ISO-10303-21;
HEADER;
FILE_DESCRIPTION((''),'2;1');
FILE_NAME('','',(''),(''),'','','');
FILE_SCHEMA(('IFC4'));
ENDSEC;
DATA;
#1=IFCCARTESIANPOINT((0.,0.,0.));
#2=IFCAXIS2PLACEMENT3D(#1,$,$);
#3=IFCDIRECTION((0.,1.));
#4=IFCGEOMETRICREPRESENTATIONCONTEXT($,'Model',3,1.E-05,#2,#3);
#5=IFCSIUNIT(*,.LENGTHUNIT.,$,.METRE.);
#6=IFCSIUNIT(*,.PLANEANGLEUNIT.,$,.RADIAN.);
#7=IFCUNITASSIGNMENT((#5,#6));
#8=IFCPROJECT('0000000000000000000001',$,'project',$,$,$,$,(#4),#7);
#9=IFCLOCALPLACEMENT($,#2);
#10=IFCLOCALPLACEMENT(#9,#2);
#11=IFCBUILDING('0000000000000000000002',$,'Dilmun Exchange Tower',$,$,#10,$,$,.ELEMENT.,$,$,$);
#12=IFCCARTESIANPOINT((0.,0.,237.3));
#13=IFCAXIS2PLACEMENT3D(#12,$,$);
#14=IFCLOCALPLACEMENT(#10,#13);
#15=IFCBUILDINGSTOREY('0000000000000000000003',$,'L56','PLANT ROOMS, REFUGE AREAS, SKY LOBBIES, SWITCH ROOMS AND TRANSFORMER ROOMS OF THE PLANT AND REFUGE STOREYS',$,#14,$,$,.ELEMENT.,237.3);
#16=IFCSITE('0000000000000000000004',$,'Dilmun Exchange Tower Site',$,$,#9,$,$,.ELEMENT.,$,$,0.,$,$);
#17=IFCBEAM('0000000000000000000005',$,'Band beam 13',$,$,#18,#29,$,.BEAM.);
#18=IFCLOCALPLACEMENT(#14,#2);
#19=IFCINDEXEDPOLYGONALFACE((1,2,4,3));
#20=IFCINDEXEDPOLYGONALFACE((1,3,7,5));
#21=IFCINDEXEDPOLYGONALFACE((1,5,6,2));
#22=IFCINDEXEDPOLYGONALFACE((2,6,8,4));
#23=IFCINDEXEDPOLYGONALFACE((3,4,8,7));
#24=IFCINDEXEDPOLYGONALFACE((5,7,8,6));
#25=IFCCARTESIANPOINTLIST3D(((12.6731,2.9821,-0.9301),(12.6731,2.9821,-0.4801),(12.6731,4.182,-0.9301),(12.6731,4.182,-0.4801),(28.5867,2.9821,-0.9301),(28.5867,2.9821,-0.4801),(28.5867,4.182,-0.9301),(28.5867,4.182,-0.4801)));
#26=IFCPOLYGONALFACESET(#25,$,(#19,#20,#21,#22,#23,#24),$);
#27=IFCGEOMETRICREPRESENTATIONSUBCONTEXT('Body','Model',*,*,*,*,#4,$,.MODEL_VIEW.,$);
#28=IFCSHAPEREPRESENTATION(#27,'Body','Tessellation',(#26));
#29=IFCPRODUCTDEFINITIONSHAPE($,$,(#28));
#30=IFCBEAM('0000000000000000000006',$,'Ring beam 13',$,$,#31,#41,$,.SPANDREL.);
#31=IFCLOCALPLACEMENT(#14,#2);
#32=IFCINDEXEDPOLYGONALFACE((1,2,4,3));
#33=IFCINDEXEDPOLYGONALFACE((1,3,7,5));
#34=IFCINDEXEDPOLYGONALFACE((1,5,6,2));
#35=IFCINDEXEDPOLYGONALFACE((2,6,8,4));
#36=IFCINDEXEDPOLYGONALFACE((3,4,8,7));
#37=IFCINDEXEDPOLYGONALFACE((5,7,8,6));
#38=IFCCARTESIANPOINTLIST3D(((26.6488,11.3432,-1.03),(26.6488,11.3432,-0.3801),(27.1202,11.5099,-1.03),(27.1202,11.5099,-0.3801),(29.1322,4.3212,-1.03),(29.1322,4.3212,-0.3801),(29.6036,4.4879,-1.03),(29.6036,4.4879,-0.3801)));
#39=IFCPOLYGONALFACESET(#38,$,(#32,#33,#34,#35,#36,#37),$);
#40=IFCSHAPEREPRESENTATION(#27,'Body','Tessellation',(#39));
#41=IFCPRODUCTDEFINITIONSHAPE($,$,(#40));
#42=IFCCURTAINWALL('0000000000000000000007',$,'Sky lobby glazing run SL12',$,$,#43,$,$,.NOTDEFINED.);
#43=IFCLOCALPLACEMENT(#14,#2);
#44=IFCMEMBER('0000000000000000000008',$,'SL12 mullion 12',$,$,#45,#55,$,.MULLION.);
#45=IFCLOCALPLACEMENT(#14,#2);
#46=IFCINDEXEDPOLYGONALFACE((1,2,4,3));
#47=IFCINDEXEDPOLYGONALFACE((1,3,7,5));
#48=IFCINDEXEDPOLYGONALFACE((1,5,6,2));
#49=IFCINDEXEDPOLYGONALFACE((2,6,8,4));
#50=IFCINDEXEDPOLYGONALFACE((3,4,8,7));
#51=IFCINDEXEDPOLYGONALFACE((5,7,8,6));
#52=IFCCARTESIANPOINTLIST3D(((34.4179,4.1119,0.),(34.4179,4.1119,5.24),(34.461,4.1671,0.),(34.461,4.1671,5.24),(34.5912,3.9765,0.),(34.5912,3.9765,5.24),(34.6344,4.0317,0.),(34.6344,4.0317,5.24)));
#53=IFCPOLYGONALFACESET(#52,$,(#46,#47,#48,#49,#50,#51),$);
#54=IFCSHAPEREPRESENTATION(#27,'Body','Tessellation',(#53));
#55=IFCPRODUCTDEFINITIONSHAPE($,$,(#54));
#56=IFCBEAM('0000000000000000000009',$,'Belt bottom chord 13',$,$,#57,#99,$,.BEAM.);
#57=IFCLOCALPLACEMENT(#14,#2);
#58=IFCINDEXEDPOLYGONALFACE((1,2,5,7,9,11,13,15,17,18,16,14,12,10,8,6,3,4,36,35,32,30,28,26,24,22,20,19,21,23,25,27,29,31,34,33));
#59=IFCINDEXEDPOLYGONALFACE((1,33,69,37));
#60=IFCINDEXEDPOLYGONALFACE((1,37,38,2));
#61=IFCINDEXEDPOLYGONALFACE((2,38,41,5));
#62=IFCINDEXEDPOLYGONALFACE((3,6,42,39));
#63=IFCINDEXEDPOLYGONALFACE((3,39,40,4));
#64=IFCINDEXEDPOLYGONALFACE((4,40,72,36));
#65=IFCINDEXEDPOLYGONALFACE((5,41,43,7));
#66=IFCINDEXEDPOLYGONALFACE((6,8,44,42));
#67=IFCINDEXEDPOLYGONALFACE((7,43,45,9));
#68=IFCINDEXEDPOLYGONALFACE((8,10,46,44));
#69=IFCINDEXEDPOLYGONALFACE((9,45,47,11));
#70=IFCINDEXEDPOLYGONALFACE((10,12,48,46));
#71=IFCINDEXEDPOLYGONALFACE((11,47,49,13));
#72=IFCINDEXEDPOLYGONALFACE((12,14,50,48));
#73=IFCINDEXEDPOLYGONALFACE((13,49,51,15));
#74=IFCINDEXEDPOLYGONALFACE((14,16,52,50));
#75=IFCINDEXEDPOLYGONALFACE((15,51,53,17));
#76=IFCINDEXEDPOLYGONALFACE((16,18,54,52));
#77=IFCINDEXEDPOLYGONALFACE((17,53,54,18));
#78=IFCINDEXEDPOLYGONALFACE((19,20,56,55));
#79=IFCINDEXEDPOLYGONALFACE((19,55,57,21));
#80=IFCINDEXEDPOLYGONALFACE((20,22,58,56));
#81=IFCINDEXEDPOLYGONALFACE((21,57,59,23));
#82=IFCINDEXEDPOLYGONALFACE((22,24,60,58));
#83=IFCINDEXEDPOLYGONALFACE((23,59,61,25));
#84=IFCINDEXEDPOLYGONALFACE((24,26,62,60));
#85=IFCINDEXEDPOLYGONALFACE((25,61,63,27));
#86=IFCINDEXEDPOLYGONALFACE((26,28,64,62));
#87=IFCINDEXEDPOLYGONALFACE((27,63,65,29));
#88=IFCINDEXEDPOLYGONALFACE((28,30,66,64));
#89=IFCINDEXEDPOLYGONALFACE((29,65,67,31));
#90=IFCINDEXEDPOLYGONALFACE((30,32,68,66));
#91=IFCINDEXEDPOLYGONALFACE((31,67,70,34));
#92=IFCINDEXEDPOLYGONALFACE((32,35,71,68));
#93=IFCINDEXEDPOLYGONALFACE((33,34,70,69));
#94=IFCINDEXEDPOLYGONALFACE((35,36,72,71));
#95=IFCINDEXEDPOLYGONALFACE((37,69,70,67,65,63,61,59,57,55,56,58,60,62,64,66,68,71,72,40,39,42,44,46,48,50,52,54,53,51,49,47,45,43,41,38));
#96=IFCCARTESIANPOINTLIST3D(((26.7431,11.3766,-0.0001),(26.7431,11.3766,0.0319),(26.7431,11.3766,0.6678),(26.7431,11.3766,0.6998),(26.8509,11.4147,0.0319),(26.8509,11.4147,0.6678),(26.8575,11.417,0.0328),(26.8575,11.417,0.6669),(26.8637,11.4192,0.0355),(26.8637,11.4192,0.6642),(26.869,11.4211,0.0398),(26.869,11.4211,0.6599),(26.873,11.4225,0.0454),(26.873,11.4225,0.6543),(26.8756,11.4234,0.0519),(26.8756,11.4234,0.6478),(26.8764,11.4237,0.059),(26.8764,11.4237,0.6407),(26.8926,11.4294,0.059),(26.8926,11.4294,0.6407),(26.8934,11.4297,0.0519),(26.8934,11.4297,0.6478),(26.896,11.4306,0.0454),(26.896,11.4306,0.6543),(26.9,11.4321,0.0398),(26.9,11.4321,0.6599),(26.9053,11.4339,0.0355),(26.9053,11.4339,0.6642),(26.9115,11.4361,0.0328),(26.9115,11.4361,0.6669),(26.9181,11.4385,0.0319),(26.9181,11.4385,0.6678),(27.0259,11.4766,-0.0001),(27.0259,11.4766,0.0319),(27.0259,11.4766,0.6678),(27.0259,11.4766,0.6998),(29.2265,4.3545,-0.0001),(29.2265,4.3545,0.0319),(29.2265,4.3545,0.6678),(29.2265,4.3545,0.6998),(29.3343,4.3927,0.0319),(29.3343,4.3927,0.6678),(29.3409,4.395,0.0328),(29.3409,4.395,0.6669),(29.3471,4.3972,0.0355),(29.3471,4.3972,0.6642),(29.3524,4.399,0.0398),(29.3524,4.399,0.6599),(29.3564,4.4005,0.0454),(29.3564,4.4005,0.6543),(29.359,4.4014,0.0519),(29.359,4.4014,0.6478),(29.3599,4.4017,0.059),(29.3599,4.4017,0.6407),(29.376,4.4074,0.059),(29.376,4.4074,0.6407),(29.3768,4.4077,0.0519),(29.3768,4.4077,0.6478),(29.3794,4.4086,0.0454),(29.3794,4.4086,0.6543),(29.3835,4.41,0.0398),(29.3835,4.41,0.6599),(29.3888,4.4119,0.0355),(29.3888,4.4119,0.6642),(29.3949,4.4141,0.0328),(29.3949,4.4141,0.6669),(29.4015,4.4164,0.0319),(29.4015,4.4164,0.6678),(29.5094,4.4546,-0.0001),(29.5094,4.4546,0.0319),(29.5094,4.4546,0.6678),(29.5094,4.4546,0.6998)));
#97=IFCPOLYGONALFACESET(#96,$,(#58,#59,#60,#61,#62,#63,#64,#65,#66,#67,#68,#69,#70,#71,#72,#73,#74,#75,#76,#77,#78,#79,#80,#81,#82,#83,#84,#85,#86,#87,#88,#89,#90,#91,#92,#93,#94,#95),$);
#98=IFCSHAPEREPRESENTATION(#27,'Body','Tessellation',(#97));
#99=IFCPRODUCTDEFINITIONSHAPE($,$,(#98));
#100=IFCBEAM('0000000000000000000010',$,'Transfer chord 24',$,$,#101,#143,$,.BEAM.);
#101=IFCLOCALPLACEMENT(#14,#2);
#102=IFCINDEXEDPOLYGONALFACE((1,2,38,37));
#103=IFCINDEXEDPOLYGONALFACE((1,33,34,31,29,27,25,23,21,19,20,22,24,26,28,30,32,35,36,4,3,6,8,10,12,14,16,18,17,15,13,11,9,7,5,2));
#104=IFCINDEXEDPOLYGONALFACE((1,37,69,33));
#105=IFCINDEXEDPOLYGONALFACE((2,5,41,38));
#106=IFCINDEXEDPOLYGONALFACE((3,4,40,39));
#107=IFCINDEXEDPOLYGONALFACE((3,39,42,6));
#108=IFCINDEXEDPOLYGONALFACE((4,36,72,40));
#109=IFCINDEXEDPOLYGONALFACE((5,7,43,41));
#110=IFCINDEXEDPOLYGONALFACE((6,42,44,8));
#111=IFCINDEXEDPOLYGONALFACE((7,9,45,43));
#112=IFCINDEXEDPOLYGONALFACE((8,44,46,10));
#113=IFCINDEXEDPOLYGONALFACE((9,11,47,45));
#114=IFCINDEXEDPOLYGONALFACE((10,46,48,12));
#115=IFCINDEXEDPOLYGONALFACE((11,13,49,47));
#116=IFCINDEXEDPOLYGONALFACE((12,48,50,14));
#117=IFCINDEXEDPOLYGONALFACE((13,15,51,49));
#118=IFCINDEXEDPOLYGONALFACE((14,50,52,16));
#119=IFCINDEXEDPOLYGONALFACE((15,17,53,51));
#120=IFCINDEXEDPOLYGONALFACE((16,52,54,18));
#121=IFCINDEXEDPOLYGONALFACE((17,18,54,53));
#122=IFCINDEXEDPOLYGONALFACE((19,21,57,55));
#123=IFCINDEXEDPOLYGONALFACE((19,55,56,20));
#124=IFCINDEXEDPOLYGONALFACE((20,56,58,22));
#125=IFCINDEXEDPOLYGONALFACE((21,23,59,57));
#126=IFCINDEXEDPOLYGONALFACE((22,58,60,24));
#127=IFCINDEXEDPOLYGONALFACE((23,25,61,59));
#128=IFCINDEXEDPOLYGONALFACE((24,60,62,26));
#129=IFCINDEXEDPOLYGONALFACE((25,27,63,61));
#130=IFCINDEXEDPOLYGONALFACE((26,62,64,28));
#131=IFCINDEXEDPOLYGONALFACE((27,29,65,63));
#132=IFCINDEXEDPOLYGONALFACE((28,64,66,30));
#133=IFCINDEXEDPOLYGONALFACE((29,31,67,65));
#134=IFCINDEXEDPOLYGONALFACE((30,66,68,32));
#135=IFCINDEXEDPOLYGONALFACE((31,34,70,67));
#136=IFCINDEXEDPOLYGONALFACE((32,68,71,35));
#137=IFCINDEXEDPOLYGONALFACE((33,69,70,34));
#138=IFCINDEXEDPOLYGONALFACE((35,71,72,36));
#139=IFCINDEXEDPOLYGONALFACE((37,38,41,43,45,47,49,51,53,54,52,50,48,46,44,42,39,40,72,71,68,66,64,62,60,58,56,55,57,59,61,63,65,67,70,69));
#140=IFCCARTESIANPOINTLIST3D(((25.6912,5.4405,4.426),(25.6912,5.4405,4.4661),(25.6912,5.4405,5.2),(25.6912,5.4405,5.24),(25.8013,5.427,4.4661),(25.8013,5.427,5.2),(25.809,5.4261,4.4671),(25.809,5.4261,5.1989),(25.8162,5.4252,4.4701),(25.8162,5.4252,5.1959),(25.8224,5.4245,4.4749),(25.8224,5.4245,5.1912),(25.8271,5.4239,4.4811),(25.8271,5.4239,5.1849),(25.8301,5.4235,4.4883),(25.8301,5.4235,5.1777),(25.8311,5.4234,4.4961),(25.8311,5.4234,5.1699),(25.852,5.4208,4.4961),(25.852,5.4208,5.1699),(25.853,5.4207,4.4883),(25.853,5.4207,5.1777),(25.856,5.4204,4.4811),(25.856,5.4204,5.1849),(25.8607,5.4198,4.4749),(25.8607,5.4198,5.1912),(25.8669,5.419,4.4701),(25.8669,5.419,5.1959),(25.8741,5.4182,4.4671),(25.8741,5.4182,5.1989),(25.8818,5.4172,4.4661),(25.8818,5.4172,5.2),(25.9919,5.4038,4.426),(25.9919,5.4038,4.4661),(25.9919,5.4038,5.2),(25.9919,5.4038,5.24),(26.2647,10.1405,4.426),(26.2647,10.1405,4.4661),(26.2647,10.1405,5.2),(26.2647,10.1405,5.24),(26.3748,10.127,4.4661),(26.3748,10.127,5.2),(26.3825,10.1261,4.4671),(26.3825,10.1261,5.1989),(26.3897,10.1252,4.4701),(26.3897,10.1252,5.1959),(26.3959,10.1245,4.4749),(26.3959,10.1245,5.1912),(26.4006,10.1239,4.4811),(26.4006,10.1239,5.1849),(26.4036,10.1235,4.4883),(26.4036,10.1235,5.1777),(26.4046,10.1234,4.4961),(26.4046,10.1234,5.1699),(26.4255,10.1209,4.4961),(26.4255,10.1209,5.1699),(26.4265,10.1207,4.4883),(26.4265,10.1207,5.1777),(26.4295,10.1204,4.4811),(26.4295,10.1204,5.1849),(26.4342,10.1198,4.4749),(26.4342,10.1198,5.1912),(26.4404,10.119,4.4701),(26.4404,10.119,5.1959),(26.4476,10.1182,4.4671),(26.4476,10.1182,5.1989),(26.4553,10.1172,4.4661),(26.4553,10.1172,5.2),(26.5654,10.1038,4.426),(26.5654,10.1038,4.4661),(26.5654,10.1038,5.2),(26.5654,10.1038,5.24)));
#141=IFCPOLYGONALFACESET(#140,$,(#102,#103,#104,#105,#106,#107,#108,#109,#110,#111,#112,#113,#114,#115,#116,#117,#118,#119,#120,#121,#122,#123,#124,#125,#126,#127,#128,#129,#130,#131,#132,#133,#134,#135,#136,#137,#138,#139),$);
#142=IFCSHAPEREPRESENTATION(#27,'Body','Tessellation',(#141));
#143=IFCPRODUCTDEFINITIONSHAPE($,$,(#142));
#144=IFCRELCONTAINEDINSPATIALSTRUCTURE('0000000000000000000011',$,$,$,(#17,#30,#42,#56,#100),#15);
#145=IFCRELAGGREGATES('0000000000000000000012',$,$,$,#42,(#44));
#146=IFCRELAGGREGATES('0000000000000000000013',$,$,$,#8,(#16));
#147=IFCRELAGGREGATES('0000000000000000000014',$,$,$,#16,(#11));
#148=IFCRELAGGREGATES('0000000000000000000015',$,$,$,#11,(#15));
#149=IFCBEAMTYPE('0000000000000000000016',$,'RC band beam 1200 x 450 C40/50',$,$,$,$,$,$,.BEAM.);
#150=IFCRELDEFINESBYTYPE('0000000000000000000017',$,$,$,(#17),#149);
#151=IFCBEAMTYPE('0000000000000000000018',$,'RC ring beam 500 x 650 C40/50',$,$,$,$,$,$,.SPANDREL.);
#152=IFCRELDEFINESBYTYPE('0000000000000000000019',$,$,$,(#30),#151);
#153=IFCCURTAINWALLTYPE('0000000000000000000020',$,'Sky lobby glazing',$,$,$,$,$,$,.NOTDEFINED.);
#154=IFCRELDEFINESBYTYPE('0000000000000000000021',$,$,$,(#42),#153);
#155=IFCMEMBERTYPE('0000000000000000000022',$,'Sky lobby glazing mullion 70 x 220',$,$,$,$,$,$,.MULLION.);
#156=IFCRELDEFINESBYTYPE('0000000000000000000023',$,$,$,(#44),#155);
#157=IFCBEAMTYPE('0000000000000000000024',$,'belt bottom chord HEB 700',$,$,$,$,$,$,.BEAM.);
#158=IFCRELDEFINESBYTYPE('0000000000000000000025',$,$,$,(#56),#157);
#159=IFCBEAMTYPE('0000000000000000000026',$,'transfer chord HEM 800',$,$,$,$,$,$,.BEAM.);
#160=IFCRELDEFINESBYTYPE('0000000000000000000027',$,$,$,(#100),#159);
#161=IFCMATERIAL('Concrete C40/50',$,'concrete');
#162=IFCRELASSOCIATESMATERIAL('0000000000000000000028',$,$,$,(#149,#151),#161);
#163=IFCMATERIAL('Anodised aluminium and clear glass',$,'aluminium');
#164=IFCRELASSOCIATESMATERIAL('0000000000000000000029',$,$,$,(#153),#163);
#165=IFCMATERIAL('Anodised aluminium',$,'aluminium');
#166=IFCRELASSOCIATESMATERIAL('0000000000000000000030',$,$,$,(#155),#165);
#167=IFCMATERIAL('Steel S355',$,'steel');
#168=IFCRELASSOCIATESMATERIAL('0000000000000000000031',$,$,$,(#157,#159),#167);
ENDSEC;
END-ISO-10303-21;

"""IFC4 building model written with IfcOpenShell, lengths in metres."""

from ifc_helpers import new_model, si_unit, direction, frame, origin, origin_2d, place, context, subcontext, project, spatial, rectangle, i_section, extrude, material, material_profile, profile_set, type_object, element, aggregate, save


model = new_model("IFC4")

# Units and contexts
model_context = context("Model", 3, precision=1e-05, world=origin(), true_north=direction((0.0, 1.0)))
body_context = subcontext(model_context, "Body", "Model", "MODEL_VIEW")
ifc_project = project(units=[si_unit("LENGTHUNIT", "METRE"), si_unit("PLANEANGLEUNIT", "RADIAN")], contexts=[model_context])

# Site, building, storey
site_placement = place(None, origin())
site = spatial("IfcSite", under=ifc_project, at=site_placement, Name="Dilmun Exchange Tower Site", CompositionType="ELEMENT", RefElevation=0.0)
building_placement = place(site_placement, origin())
building = spatial("IfcBuilding", under=site, at=building_placement, Name="Dilmun Exchange Tower", CompositionType="ELEMENT")
storey_placement = place(building_placement, frame((0.0, 0.0, 237.3)))
storey = spatial("IfcBuildingStorey", under=building, at=storey_placement, Name="L56", Description="PLANT ROOMS, REFUGE AREAS, SKY LOBBIES, SWITCH ROOMS AND TRANSFORMER ROOMS OF THE PLANT AND REFUGE STOREYS", CompositionType="ELEMENT", Elevation=237.3)

# Beams
ifc_material_1 = material(Name="Concrete C40/50", Category="concrete")
ifc_material_profile_1 = material_profile(ifc_material_1, rectangle(XDim=1.2, YDim=0.45, at=origin_2d()), Name="1200 x 450")
ifc_profile_set_1 = profile_set([ifc_material_profile_1], Name="Concrete C40/50")
beam_type_1 = type_object("IfcBeamType", Name="RC band beam 1200 x 450 C40/50", PredefinedType="BEAM", material=ifc_profile_set_1)
beam_1_placement = place(storey_placement, frame((28.5867, 3.582, -0.7051), z_axis=(-1.0, 0.0, 0.0), x_axis=(0.0, -1.0, 0.0)))
element("IfcBeam", 1, at=beam_1_placement, inside=storey, type_object=beam_type_1, Name="Band beam 13", PredefinedType="BEAM", context=body_context, shape_type="SweptSolid", body=[
    extrude(rectangle(XDim=1.2, YDim=0.45, at=origin_2d()), origin(), (0.0, 0.0, 1.0), 15.9136),
])
ifc_material_profile_2 = material_profile(ifc_material_1, rectangle(XDim=0.5, YDim=0.6499, at=origin_2d()), Name="500 x 650")
ifc_profile_set_2 = profile_set([ifc_material_profile_2], Name="Concrete C40/50")
beam_type_2 = type_object("IfcBeamType", Name="RC ring beam 500 x 650 C40/50", PredefinedType="SPANDREL", material=ifc_profile_set_2)
beam_2_placement = place(storey_placement, frame((29.3679, 4.4045, -0.7051), z_axis=(-0.333424, 0.942777, 0.0), x_axis=(-0.942777, -0.333424, 0.0)))
element("IfcBeam", 2, at=beam_2_placement, inside=storey, type_object=beam_type_2, Name="Ring beam 13", PredefinedType="SPANDREL", context=body_context, shape_type="SweptSolid", body=[
    extrude(rectangle(XDim=0.5, YDim=0.6499, at=origin_2d()), origin(), (0.0, 0.0, 1.0), 7.4482),
])

# Curtain wall, member
ifc_material_2 = material(Name="Anodised aluminium and clear glass", Category="aluminium")
curtain_wall_type = type_object("IfcCurtainWallType", Name="Sky lobby glazing", PredefinedType="NOTDEFINED", material=ifc_material_2)
curtain_wall_placement = place(storey_placement, origin())
curtain_wall = element("IfcCurtainWall", 3, at=curtain_wall_placement, inside=storey, type_object=curtain_wall_type, Name="Sky lobby glazing run SL12", PredefinedType="NOTDEFINED")
ifc_material_3 = material(Name="Anodised aluminium", Category="aluminium")
ifc_material_profile_3 = material_profile(ifc_material_3, rectangle(XDim=0.22, YDim=0.0701, at=origin_2d()), Name="AL 70x220")
ifc_profile_set_3 = profile_set([ifc_material_profile_3], Name="Anodised aluminium")
member_type_1 = type_object("IfcMemberType", Name="Sky lobby glazing mullion 70 x 220", PredefinedType="MULLION", material=ifc_profile_set_3)
member_1_placement = place(storey_placement, frame((34.5261, 4.0718, 0.0), z_axis=(0.0, 0.0, 1.0), x_axis=(-0.788011, 0.615662, 0.0)))
member_1 = element("IfcMember", 4, at=member_1_placement, type_object=member_type_1, Name="SL12 mullion 12", PredefinedType="MULLION", context=body_context, shape_type="SweptSolid", body=[
    extrude(rectangle(XDim=0.22, YDim=0.0701, at=origin_2d()), origin(), (0.0, 0.0, 1.0), 5.24),
])

# Beams
ifc_material_4 = material(Name="Steel S355", Category="steel")
ifc_material_profile_4 = material_profile(ifc_material_4, i_section(OverallWidth=0.3, OverallDepth=0.7, WebThickness=0.0171, FlangeThickness=0.032, FilletRadius=0.0271, at=origin_2d()), Name="HEB 700")
ifc_profile_set_4 = profile_set([ifc_material_profile_4], Name="Steel S355")
beam_type_3 = type_object("IfcBeamType", Name="belt bottom chord HEB 700", PredefinedType="BEAM", material=ifc_profile_set_4)
beam_3_placement = place(storey_placement, frame((29.3679, 4.4045, 0.3499), z_axis=(-0.333424, 0.942777, 0.0), x_axis=(-0.942777, -0.333424, 0.0)))
element("IfcBeam", 5, at=beam_3_placement, inside=storey, type_object=beam_type_3, Name="Belt bottom chord 13", PredefinedType="BEAM", context=body_context, shape_type="SweptSolid", body=[
    extrude(i_section(OverallWidth=0.3, OverallDepth=0.7, WebThickness=0.0171, FlangeThickness=0.032, FilletRadius=0.0271, at=origin_2d()), origin(), (0.0, 0.0, 1.0), 7.4482),
])
ifc_material_profile_5 = material_profile(ifc_material_4, i_section(OverallWidth=0.303, OverallDepth=0.814, WebThickness=0.021, FlangeThickness=0.04, FilletRadius=0.03, at=origin_2d()), Name="HEM 800")
ifc_profile_set_5 = profile_set([ifc_material_profile_5], Name="Steel S355")
beam_type_4 = type_object("IfcBeamType", Name="transfer chord HEM 800", PredefinedType="BEAM", material=ifc_profile_set_5)
beam_4_placement = place(storey_placement, frame((25.8416, 5.4221, 4.833), z_axis=(0.121121, 0.992638, 0.0), x_axis=(-0.992638, 0.121121, 0.0)))
element("IfcBeam", 6, at=beam_4_placement, inside=storey, type_object=beam_type_4, Name="Transfer chord 24", PredefinedType="BEAM", context=body_context, shape_type="SweptSolid", body=[
    extrude(i_section(OverallWidth=0.303, OverallDepth=0.814, WebThickness=0.021, FlangeThickness=0.04, FilletRadius=0.03, at=origin_2d()), origin(), (0.0, 0.0, 1.0), 4.7349),
])

aggregate(curtain_wall, [member_1])

save(model, "model.ifc")
